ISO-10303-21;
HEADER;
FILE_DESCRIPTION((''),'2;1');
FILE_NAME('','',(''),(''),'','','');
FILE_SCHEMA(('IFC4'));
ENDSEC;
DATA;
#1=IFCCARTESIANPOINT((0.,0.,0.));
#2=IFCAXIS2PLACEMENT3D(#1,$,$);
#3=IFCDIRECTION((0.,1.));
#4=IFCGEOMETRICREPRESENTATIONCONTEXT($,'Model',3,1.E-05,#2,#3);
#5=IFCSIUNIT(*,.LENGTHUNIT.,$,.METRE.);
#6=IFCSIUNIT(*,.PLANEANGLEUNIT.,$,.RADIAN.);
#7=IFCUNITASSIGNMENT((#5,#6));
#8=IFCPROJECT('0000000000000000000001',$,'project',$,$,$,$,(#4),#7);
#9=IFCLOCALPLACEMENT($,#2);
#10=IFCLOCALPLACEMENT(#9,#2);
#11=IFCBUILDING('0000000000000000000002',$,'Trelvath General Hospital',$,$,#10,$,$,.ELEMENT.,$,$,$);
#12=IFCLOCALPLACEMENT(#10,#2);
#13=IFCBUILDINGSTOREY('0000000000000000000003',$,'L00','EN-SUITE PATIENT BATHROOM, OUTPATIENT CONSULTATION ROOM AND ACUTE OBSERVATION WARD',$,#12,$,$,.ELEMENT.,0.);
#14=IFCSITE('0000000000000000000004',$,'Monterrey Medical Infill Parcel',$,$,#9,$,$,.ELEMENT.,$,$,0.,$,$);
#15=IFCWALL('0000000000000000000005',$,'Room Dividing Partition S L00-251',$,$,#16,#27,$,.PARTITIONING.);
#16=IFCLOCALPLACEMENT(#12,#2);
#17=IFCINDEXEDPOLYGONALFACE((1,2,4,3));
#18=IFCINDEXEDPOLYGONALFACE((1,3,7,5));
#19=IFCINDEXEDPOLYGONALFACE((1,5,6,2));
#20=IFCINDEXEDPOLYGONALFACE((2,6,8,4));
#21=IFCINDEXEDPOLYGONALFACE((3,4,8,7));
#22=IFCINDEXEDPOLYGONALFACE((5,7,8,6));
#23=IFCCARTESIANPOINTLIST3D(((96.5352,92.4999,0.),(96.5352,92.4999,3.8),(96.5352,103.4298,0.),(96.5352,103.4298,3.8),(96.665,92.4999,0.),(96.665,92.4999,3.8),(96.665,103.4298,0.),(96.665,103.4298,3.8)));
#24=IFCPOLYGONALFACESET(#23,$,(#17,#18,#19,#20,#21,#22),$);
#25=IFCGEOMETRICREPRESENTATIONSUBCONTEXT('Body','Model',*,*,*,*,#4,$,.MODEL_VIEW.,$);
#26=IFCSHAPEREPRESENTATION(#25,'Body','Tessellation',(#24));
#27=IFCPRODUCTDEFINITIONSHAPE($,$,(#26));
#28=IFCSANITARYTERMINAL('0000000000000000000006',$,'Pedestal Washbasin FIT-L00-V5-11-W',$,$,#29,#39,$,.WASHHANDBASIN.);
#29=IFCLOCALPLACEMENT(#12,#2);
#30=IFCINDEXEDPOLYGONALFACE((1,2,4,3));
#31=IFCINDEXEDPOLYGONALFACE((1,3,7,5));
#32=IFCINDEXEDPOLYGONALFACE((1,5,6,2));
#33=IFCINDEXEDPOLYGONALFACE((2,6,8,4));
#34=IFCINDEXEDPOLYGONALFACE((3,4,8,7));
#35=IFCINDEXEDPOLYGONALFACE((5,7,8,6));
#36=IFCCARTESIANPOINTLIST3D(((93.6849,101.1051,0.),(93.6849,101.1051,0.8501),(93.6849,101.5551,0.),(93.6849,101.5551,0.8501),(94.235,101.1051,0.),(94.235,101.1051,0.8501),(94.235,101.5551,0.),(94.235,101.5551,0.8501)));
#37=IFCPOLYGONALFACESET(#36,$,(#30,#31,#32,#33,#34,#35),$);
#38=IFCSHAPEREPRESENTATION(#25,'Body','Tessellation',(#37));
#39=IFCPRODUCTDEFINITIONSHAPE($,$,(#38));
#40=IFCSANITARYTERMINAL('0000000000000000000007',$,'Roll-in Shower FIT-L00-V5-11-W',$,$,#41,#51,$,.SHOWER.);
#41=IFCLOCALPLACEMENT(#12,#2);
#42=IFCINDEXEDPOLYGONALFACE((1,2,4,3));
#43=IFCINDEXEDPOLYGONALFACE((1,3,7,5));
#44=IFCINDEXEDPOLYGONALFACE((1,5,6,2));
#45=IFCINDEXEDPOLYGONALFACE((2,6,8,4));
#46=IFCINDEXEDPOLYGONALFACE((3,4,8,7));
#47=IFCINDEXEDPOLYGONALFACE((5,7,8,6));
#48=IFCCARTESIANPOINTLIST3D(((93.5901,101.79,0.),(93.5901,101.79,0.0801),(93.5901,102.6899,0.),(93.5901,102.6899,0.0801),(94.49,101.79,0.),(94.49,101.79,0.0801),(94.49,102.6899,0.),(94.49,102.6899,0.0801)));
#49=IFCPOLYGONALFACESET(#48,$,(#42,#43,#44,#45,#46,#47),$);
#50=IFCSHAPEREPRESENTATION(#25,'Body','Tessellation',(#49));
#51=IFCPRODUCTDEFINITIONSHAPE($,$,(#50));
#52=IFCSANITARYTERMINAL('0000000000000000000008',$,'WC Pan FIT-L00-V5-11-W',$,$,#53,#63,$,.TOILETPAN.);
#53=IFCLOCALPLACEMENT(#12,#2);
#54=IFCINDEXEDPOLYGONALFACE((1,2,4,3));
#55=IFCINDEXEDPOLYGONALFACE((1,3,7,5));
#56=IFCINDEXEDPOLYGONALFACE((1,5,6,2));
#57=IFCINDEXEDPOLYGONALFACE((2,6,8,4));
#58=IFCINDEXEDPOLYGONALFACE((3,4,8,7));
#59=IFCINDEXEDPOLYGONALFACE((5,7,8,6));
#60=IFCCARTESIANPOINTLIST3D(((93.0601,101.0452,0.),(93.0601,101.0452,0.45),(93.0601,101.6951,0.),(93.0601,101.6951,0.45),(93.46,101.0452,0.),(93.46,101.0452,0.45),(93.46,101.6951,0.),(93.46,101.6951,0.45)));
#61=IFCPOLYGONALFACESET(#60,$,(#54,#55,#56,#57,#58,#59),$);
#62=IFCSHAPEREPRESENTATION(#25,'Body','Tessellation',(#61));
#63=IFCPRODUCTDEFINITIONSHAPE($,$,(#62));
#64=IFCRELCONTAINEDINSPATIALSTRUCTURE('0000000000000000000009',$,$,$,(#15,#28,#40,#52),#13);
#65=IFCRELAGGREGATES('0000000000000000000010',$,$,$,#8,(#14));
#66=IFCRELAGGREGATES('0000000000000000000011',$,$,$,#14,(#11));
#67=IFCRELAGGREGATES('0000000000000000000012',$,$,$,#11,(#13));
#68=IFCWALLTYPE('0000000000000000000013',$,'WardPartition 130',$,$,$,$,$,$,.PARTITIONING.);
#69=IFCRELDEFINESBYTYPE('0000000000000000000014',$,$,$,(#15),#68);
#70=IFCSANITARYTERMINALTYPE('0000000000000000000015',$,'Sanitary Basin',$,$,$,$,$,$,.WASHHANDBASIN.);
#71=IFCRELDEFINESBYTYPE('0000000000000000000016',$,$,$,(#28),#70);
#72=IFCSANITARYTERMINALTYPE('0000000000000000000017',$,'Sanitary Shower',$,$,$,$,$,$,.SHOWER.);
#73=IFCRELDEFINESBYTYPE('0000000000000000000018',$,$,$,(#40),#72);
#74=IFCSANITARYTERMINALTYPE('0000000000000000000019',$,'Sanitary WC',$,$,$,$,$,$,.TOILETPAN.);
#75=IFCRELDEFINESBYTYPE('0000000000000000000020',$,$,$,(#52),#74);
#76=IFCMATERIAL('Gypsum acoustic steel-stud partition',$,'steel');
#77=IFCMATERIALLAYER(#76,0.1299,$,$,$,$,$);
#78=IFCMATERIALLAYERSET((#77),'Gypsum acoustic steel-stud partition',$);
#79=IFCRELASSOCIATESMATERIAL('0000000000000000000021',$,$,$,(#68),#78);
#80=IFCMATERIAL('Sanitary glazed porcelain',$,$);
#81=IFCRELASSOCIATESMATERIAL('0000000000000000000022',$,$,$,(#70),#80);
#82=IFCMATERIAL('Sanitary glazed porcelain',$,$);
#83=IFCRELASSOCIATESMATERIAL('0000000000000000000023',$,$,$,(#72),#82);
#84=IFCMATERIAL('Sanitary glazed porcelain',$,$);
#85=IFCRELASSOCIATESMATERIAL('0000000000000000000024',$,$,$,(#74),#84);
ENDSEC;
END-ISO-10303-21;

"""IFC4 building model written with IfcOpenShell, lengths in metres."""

from ifc_helpers import new_model, si_unit, direction, frame, frame_2d, origin, origin_2d, place, context, subcontext, project, spatial, rectangle, extrude, material, layer, layer_set, type_object, element, save


model = new_model("IFC4")

# Units and contexts
model_context = context("Model", 3, precision=1e-05, world=origin(), true_north=direction((0.0, 1.0)))
body_context = subcontext(model_context, "Body", "Model", "MODEL_VIEW")
ifc_project = project(units=[si_unit("LENGTHUNIT", "METRE"), si_unit("PLANEANGLEUNIT", "RADIAN")], contexts=[model_context])

# Site, building, storey
site_placement = place(None, origin())
site = spatial("IfcSite", under=ifc_project, at=site_placement, Name="Monterrey Medical Infill Parcel", CompositionType="ELEMENT", RefElevation=0.0)
building_placement = place(site_placement, origin())
building = spatial("IfcBuilding", under=site, at=building_placement, Name="Trelvath General Hospital", CompositionType="ELEMENT")
storey_placement = place(building_placement, origin())
storey = spatial("IfcBuildingStorey", under=building, at=storey_placement, Name="L00", Description="EN-SUITE PATIENT BATHROOM, OUTPATIENT CONSULTATION ROOM AND ACUTE OBSERVATION WARD", CompositionType="ELEMENT", Elevation=0.0)

# Wall
ifc_material_1 = material(Name="Gypsum acoustic steel-stud partition", Category="steel")
ifc_layer_1 = layer(ifc_material_1, 0.1299)
ifc_layer_set_1 = layer_set([ifc_layer_1], Name="Gypsum acoustic steel-stud partition")
wall_type_1 = type_object("IfcWallType", Name="WardPartition 130", PredefinedType="PARTITIONING", material=ifc_layer_set_1)
wall_1_placement = place(storey_placement, frame((96.6001, 92.5, 0.0), z_axis=(0.0, 0.0, 1.0), x_axis=(0.0, 1.0, 0.0)))
element("IfcWall", 1, at=wall_1_placement, inside=storey, type_object=wall_type_1, Name="Room Dividing Partition S L00-251", PredefinedType="PARTITIONING", context=body_context, shape_type="SweptSolid", body=[
    extrude(rectangle(XDim=10.9299, YDim=0.1299, at=frame_2d((5.4648, 0.0))), origin(), (0.0, 0.0, 1.0), 3.8),
])

# Sanitary terminals
ifc_material_2 = material(Name="Sanitary glazed porcelain")
sanitary_terminal_type_1 = type_object("IfcSanitaryTerminalType", Name="Sanitary Basin", PredefinedType="WASHHANDBASIN", material=ifc_material_2)
sanitary_terminal_1_placement = place(storey_placement, frame((93.96, 101.3301, 0.0), z_axis=(0.0, 0.0, 1.0), x_axis=(1.0, 0.0, 0.0)))
element("IfcSanitaryTerminal", 2, at=sanitary_terminal_1_placement, inside=storey, type_object=sanitary_terminal_type_1, Name="Pedestal Washbasin FIT-L00-V5-11-W", PredefinedType="WASHHANDBASIN", context=body_context, shape_type="SweptSolid", body=[
    extrude(rectangle(XDim=0.55, YDim=0.45, at=origin_2d()), origin(), (0.0, 0.0, 1.0), 0.8501),
])
ifc_material_3 = material(Name="Sanitary glazed porcelain")
sanitary_terminal_type_2 = type_object("IfcSanitaryTerminalType", Name="Sanitary Shower", PredefinedType="SHOWER", material=ifc_material_3)
sanitary_terminal_2_placement = place(storey_placement, frame((94.04, 102.24, 0.0), z_axis=(0.0, 0.0, 1.0), x_axis=(1.0, 0.0, 0.0)))
element("IfcSanitaryTerminal", 3, at=sanitary_terminal_2_placement, inside=storey, type_object=sanitary_terminal_type_2, Name="Roll-in Shower FIT-L00-V5-11-W", PredefinedType="SHOWER", context=body_context, shape_type="SweptSolid", body=[
    extrude(rectangle(XDim=0.8999, YDim=0.8999, at=origin_2d()), origin(), (0.0, 0.0, 1.0), 0.0801),
])
ifc_material_4 = material(Name="Sanitary glazed porcelain")
sanitary_terminal_type_3 = type_object("IfcSanitaryTerminalType", Name="Sanitary WC", PredefinedType="TOILETPAN", material=ifc_material_4)
sanitary_terminal_3_placement = place(storey_placement, frame((93.26, 101.3701, 0.0), z_axis=(0.0, 0.0, 1.0), x_axis=(1.0, 0.0, 0.0)))
element("IfcSanitaryTerminal", 4, at=sanitary_terminal_3_placement, inside=storey, type_object=sanitary_terminal_type_3, Name="WC Pan FIT-L00-V5-11-W", PredefinedType="TOILETPAN", context=body_context, shape_type="SweptSolid", body=[
    extrude(rectangle(XDim=0.3999, YDim=0.6499, at=origin_2d()), origin(), (0.0, 0.0, 1.0), 0.45),
])

save(model, "model.ifc")
